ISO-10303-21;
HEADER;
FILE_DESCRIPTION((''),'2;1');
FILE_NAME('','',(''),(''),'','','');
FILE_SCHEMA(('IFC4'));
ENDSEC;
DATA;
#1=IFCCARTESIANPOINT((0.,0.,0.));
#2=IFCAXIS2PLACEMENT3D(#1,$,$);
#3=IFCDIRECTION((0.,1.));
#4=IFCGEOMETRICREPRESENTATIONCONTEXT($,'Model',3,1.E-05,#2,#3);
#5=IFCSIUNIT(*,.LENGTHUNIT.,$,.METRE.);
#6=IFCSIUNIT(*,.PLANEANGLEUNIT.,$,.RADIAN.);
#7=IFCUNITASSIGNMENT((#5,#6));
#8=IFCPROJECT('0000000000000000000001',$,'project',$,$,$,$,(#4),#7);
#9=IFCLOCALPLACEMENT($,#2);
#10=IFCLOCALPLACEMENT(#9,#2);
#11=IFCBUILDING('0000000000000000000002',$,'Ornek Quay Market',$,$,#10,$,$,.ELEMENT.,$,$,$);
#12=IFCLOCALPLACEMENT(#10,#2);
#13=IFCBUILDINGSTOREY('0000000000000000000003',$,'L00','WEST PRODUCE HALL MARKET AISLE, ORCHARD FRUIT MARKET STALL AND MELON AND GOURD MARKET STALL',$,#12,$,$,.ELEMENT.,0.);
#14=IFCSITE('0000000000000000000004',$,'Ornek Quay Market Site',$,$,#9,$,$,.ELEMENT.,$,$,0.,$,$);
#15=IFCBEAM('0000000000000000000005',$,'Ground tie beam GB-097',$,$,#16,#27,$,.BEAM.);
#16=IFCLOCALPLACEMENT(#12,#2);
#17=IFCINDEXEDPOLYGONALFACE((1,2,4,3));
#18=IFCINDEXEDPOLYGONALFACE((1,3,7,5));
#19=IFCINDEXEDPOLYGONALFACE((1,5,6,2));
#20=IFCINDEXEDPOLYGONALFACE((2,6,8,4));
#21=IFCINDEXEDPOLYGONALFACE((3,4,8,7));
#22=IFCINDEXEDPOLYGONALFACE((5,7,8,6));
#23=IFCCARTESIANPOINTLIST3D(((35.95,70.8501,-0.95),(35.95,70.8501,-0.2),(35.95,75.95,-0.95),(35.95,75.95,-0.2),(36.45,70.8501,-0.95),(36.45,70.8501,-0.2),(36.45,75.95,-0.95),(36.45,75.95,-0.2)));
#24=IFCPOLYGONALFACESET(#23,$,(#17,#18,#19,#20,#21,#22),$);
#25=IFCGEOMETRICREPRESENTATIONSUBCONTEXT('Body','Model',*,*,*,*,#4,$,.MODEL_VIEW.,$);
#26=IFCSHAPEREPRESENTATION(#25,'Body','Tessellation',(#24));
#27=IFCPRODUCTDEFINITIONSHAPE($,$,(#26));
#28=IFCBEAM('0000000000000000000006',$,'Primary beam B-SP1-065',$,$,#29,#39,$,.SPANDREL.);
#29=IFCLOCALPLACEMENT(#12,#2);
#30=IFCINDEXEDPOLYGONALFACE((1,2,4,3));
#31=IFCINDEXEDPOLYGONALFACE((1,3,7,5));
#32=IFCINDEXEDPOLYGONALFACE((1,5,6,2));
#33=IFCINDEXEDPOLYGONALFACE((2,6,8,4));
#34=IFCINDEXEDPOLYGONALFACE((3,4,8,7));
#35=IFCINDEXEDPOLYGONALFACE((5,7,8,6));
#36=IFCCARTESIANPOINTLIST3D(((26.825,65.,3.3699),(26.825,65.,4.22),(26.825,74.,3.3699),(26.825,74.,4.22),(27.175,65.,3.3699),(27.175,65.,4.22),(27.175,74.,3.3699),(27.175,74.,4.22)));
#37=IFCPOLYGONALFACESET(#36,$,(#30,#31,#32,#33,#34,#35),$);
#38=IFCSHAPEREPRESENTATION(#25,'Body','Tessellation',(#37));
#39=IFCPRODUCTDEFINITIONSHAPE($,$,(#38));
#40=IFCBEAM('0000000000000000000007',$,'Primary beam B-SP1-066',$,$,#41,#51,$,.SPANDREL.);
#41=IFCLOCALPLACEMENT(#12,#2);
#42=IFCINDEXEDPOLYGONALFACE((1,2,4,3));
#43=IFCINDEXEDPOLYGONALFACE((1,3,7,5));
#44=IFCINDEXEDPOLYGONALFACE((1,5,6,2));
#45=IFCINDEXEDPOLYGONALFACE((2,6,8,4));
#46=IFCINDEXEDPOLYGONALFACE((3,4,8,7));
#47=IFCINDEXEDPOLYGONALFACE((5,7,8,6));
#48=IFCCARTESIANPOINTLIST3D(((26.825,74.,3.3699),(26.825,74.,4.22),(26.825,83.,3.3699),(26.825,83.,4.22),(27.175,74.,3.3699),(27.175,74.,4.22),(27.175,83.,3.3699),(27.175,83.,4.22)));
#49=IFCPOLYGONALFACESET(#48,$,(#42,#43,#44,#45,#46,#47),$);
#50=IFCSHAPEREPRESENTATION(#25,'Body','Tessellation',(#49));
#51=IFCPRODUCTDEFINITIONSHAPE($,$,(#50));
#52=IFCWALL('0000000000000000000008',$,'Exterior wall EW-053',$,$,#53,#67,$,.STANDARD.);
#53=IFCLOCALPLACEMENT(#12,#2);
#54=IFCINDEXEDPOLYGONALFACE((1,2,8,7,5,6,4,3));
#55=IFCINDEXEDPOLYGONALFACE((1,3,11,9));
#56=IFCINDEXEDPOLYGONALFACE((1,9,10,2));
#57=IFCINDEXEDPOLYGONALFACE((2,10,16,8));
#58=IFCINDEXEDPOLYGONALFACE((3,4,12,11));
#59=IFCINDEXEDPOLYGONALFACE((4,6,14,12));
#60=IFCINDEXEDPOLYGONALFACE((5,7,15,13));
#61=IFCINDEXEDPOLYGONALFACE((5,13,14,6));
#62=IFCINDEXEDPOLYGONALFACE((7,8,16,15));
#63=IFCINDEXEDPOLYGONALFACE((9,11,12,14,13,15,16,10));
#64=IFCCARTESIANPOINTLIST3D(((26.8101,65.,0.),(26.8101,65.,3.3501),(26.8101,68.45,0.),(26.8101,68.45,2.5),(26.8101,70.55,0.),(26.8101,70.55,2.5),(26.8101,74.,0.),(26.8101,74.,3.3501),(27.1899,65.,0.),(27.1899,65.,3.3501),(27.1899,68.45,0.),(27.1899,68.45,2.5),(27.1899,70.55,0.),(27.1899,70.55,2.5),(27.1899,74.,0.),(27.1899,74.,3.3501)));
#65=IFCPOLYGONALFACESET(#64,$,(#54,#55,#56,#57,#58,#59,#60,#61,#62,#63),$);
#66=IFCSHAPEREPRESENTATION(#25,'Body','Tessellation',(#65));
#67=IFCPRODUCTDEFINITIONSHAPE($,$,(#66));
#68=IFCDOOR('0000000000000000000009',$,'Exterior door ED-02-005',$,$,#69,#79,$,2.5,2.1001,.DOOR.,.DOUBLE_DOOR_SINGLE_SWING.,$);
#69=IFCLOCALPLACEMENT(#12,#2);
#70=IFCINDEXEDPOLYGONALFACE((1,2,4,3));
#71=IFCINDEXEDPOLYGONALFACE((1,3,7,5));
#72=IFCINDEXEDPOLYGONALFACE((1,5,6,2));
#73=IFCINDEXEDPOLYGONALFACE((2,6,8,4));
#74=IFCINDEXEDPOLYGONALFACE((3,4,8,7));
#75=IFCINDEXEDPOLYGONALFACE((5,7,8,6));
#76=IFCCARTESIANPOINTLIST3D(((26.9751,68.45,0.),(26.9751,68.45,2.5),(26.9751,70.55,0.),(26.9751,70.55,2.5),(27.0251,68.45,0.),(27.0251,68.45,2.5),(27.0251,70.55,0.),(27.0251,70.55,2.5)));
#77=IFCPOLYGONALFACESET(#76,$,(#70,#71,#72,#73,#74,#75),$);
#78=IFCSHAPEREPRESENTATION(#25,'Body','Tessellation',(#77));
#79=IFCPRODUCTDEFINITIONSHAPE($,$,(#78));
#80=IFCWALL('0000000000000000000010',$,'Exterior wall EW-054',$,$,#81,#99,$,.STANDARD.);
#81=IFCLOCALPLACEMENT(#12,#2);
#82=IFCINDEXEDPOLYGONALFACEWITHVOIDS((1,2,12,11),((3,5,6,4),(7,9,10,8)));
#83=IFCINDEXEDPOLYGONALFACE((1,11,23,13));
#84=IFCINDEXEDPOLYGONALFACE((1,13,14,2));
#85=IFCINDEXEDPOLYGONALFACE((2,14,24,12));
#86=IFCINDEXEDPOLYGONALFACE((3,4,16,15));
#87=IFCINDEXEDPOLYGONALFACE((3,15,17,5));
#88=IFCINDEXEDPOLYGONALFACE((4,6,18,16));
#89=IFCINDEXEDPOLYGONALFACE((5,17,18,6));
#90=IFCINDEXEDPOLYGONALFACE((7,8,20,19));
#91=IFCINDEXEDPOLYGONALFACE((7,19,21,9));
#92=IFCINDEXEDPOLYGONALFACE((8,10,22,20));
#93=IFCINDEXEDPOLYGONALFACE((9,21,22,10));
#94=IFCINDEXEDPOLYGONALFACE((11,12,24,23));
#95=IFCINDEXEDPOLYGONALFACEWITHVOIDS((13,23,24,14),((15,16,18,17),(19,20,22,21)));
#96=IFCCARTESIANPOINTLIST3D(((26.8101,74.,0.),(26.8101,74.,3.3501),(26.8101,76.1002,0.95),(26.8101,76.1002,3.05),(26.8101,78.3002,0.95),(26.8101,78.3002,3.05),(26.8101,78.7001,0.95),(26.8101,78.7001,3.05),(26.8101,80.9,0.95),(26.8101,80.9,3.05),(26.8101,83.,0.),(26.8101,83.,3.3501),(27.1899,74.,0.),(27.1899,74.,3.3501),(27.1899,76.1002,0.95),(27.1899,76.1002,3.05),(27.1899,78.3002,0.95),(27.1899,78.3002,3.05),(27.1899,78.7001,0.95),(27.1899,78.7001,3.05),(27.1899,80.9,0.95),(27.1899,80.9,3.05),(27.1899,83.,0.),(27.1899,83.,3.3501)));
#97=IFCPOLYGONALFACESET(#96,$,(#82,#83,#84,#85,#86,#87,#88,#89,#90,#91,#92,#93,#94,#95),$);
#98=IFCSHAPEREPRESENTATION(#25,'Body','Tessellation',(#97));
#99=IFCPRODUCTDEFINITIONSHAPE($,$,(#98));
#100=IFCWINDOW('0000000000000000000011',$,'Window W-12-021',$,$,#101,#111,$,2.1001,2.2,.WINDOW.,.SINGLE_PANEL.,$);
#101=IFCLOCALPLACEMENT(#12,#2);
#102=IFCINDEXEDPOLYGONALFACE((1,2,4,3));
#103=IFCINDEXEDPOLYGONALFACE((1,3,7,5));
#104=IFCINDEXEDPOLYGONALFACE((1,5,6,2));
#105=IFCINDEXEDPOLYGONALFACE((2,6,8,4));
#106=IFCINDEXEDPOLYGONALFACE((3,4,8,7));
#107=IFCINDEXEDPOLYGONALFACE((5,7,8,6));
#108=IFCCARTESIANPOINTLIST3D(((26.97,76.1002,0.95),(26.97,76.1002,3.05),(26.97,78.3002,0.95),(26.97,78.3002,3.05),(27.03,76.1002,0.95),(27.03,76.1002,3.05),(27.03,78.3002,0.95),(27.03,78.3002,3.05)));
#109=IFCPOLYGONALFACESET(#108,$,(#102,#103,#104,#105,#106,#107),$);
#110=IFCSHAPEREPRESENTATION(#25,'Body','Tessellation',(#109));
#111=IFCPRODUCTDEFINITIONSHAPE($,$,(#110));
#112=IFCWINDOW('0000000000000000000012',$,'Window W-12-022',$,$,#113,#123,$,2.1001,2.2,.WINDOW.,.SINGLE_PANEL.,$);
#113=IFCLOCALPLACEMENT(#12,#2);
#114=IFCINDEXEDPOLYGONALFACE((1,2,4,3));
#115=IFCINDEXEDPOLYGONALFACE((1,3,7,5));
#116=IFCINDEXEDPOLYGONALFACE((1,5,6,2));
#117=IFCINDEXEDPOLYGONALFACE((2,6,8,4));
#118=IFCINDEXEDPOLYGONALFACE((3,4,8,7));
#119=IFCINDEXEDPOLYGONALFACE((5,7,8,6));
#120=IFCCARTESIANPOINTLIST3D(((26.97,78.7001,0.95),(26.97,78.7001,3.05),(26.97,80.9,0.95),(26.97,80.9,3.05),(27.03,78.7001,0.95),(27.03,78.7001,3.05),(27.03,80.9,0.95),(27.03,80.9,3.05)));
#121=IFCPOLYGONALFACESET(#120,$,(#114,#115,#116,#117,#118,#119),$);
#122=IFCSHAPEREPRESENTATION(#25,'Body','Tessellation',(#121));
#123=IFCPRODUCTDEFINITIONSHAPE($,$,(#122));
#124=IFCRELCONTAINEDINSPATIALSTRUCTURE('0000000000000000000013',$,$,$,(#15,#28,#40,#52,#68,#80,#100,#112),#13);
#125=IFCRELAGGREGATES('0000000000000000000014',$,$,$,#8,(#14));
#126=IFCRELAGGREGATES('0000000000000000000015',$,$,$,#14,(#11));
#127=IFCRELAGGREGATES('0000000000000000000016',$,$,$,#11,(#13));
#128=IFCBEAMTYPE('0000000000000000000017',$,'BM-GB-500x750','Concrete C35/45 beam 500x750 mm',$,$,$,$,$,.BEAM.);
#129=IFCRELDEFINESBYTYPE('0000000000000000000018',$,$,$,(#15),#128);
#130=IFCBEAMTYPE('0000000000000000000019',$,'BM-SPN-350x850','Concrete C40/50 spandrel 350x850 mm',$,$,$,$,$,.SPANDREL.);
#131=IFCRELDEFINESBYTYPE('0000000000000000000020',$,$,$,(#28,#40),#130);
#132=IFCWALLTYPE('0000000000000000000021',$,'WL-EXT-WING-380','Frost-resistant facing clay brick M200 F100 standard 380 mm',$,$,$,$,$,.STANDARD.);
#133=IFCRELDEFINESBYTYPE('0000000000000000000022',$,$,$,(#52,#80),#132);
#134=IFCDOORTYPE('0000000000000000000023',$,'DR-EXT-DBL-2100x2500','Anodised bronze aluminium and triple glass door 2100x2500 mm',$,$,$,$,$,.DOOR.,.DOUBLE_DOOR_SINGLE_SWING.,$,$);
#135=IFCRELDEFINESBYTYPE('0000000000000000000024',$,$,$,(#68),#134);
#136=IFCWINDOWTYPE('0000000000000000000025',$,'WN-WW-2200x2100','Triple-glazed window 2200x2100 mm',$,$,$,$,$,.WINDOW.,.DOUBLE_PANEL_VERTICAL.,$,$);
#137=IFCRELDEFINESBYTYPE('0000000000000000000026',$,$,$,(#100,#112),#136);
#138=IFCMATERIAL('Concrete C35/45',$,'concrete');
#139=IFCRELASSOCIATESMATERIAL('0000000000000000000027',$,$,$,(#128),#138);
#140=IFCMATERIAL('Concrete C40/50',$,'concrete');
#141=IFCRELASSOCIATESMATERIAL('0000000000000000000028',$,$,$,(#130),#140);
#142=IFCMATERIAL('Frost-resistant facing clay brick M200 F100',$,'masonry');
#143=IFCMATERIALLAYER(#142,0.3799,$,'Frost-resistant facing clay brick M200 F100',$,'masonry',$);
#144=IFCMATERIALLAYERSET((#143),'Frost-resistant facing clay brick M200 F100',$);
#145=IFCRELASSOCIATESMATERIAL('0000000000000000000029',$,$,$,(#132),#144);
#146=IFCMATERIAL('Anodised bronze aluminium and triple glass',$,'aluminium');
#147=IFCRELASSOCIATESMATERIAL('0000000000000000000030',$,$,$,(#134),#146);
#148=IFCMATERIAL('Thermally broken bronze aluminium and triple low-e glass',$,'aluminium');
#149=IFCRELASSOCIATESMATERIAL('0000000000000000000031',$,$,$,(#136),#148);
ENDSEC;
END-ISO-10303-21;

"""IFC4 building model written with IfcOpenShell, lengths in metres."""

from ifc_helpers import new_model, si_unit, direction, frame, frame_2d, origin, origin_2d, place, context, subcontext, project, spatial, rectangle, extrude, material, layer, layer_set, material_profile, profile_set, type_object, element, fill, save


model = new_model("IFC4")

# Units and contexts
model_context = context("Model", 3, precision=1e-05, world=origin(), true_north=direction((0.0, 1.0)))
body_context = subcontext(model_context, "Body", "Model", "MODEL_VIEW")
ifc_project = project(units=[si_unit("LENGTHUNIT", "METRE"), si_unit("PLANEANGLEUNIT", "RADIAN")], contexts=[model_context])

# Site, building, storey
site_placement = place(None, origin())
site = spatial("IfcSite", under=ifc_project, at=site_placement, Name="Ornek Quay Market Site", CompositionType="ELEMENT", RefElevation=0.0)
building_placement = place(site_placement, origin())
building = spatial("IfcBuilding", under=site, at=building_placement, Name="Ornek Quay Market", CompositionType="ELEMENT")
storey_placement = place(building_placement, origin())
storey = spatial("IfcBuildingStorey", under=building, at=storey_placement, Name="L00", Description="WEST PRODUCE HALL MARKET AISLE, ORCHARD FRUIT MARKET STALL AND MELON AND GOURD MARKET STALL", CompositionType="ELEMENT", Elevation=0.0)

# Shared definitions
ifc_material_1 = material(Name="Concrete C35/45", Category="concrete")

# Shared definitions
ifc_material_2 = material(Name="Concrete C40/50", Category="concrete")

# Beams
ifc_material_profile_1 = material_profile(ifc_material_1, rectangle(XDim=0.5, YDim=0.75, at=origin_2d()), Name="RC 500x750", Category="concrete")
ifc_profile_set_1 = profile_set([ifc_material_profile_1], Name="Concrete C35/45")
beam_type_1 = type_object("IfcBeamType", Name="BM-GB-500x750", Description="Concrete C35/45 beam 500x750 mm", PredefinedType="BEAM", material=ifc_profile_set_1)
beam_placement = place(storey_placement, frame((36.2, 70.8501, -0.575), z_axis=(0.0, 1.0, 0.0), x_axis=(-1.0, 0.0, 0.0)))
element("IfcBeam", 1, at=beam_placement, inside=storey, type_object=beam_type_1, Name="Ground tie beam GB-097", PredefinedType="BEAM", context=body_context, shape_type="SweptSolid", body=[
    extrude(rectangle(XDim=0.5, YDim=0.75, at=origin_2d()), origin(), (0.0, 0.0, 1.0), 5.0999),
])
ifc_material_profile_2 = material_profile(ifc_material_2, rectangle(XDim=0.3501, YDim=0.8501, at=origin_2d()), Name="RC 350x850", Category="concrete")
ifc_profile_set_2 = profile_set([ifc_material_profile_2], Name="Concrete C40/50")
beam_type_2 = type_object("IfcBeamType", Name="BM-SPN-350x850", Description="Concrete C40/50 spandrel 350x850 mm", PredefinedType="SPANDREL", material=ifc_profile_set_2)
for number, where, z_axis, x_axis, name in (
    (2, (27.0, 65.0, 3.7949), (0.0, 1.0, 0.0), (-1.0, 0.0, 0.0), "Primary beam B-SP1-065"),
    (3, (27.0, 74.0, 3.7949), (0.0, 1.0, 0.0), (-1.0, 0.0, 0.0), "Primary beam B-SP1-066"),
):
    element("IfcBeam", number, at=place(storey_placement, frame(where, z_axis=z_axis, x_axis=x_axis)), inside=storey, type_object=beam_type_2, Name=name, PredefinedType="SPANDREL", context=body_context, shape_type="SweptSolid", body=[
        extrude(rectangle(XDim=0.3501, YDim=0.8501, at=origin_2d()), origin(), (0.0, 0.0, 1.0), 9.0),
    ])

# Wall, opening, door
ifc_material_3 = material(Name="Frost-resistant facing clay brick M200 F100", Category="masonry")
ifc_layer_1 = layer(ifc_material_3, 0.3799, Name="Frost-resistant facing clay brick M200 F100", Category="masonry")
ifc_layer_set_1 = layer_set([ifc_layer_1], Name="Frost-resistant facing clay brick M200 F100")
wall_type = type_object("IfcWallType", Name="WL-EXT-WING-380", Description="Frost-resistant facing clay brick M200 F100 standard 380 mm", PredefinedType="STANDARD", material=ifc_layer_set_1)
wall_1_placement = place(storey_placement, frame((27.0, 65.0, 0.0), z_axis=(0.0, 0.0, 1.0), x_axis=(0.0, 1.0, 0.0)))
wall_1 = element("IfcWall", 4, at=wall_1_placement, inside=storey, type_object=wall_type, Name="Exterior wall EW-053", PredefinedType="STANDARD", context=body_context, shape_type="SweptSolid", body=[
    extrude(rectangle(XDim=9.0, YDim=0.3799, at=frame_2d((4.5, 0.0))), origin(), (0.0, 0.0, 1.0), 3.3501),
])
opening_1_placement = place(wall_1_placement, frame((3.45, 0.0, 0.0)))
opening_1 = element("IfcOpeningElement", 5, at=opening_1_placement, cuts=wall_1, PredefinedType="OPENING", context=body_context, shape_type="SweptSolid", body=[
    extrude(rectangle(XDim=2.1001, YDim=2.5, at=frame_2d((1.05, 1.25))), frame((0.0, 0.2, 0.0), z_axis=(0.0, -1.0, 0.0), x_axis=(1.0, 0.0, 0.0)), (0.0, 0.0, 1.0), 0.3999),
])
ifc_material_4 = material(Name="Anodised bronze aluminium and triple glass", Category="aluminium")
door_type = type_object("IfcDoorType", Name="DR-EXT-DBL-2100x2500", Description="Anodised bronze aluminium and triple glass door 2100x2500 mm", OperationType="DOUBLE_DOOR_SINGLE_SWING", PredefinedType="DOOR", material=ifc_material_4)
door_placement = place(opening_1_placement, origin())
door = element("IfcDoor", 6, at=door_placement, inside=storey, type_object=door_type, Name="Exterior door ED-02-005", OperationType="DOUBLE_DOOR_SINGLE_SWING", OverallHeight=2.5, OverallWidth=2.1001, PredefinedType="DOOR", context=body_context, shape_type="SweptSolid", body=[
    extrude(rectangle(XDim=2.1001, YDim=2.5, at=frame_2d((1.05, 1.25))), frame((0.0, 0.0249, 0.0), z_axis=(0.0, -1.0, 0.0), x_axis=(1.0, 0.0, 0.0)), (0.0, 0.0, 1.0), 0.05),
])
fill(opening_1, door)

# Wall, openings, windows
wall_2_placement = place(storey_placement, frame((27.0, 74.0, 0.0), z_axis=(0.0, 0.0, 1.0), x_axis=(0.0, 1.0, 0.0)))
wall_2 = element("IfcWall", 7, at=wall_2_placement, inside=storey, type_object=wall_type, Name="Exterior wall EW-054", PredefinedType="STANDARD", context=body_context, shape_type="SweptSolid", body=[
    extrude(rectangle(XDim=9.0, YDim=0.3799, at=frame_2d((4.5, 0.0))), origin(), (0.0, 0.0, 1.0), 3.3501),
])
opening_2_placement = place(wall_2_placement, frame((2.1001, 0.0, 0.95)))
opening_2 = element("IfcOpeningElement", 8, at=opening_2_placement, cuts=wall_2, PredefinedType="OPENING", context=body_context, shape_type="SweptSolid", body=[
    extrude(rectangle(XDim=2.2, YDim=2.1001, at=frame_2d((1.1001, 1.05))), frame((0.0, 0.2, 0.0), z_axis=(0.0, -1.0, 0.0), x_axis=(1.0, 0.0, 0.0)), (0.0, 0.0, 1.0), 0.3999),
])
opening_3_placement = place(wall_2_placement, frame((4.7, 0.0, 0.95)))
opening_3 = element("IfcOpeningElement", 9, at=opening_3_placement, cuts=wall_2, PredefinedType="OPENING", context=body_context, shape_type="SweptSolid", body=[
    extrude(rectangle(XDim=2.2, YDim=2.1001, at=frame_2d((1.1001, 1.05))), frame((0.0, 0.2, 0.0), z_axis=(0.0, -1.0, 0.0), x_axis=(1.0, 0.0, 0.0)), (0.0, 0.0, 1.0), 0.3999),
])
ifc_material_5 = material(Name="Thermally broken bronze aluminium and triple low-e glass", Category="aluminium")
window_type = type_object("IfcWindowType", Name="WN-WW-2200x2100", Description="Triple-glazed window 2200x2100 mm", PartitioningType="DOUBLE_PANEL_VERTICAL", PredefinedType="WINDOW", material=ifc_material_5)
window_1_placement = place(opening_2_placement, origin())
window_1 = element("IfcWindow", 10, at=window_1_placement, inside=storey, type_object=window_type, Name="Window W-12-021", OverallHeight=2.1001, OverallWidth=2.2, PartitioningType="SINGLE_PANEL", PredefinedType="WINDOW", context=body_context, shape_type="SweptSolid", body=[
    extrude(rectangle(XDim=2.2, YDim=2.1001, at=frame_2d((1.1001, 1.05))), frame((0.0, 0.03, 0.0), z_axis=(0.0, -1.0, 0.0), x_axis=(1.0, 0.0, 0.0)), (0.0, 0.0, 1.0), 0.0601),
])
fill(opening_2, window_1)
window_2_placement = place(opening_3_placement, origin())
window_2 = element("IfcWindow", 11, at=window_2_placement, inside=storey, type_object=window_type, Name="Window W-12-022", OverallHeight=2.1001, OverallWidth=2.2, PartitioningType="SINGLE_PANEL", PredefinedType="WINDOW", context=body_context, shape_type="SweptSolid", body=[
    extrude(rectangle(XDim=2.2, YDim=2.1001, at=frame_2d((1.1001, 1.05))), frame((0.0, 0.03, 0.0), z_axis=(0.0, -1.0, 0.0), x_axis=(1.0, 0.0, 0.0)), (0.0, 0.0, 1.0), 0.0601),
])
fill(opening_3, window_2)

save(model, "model.ifc")
